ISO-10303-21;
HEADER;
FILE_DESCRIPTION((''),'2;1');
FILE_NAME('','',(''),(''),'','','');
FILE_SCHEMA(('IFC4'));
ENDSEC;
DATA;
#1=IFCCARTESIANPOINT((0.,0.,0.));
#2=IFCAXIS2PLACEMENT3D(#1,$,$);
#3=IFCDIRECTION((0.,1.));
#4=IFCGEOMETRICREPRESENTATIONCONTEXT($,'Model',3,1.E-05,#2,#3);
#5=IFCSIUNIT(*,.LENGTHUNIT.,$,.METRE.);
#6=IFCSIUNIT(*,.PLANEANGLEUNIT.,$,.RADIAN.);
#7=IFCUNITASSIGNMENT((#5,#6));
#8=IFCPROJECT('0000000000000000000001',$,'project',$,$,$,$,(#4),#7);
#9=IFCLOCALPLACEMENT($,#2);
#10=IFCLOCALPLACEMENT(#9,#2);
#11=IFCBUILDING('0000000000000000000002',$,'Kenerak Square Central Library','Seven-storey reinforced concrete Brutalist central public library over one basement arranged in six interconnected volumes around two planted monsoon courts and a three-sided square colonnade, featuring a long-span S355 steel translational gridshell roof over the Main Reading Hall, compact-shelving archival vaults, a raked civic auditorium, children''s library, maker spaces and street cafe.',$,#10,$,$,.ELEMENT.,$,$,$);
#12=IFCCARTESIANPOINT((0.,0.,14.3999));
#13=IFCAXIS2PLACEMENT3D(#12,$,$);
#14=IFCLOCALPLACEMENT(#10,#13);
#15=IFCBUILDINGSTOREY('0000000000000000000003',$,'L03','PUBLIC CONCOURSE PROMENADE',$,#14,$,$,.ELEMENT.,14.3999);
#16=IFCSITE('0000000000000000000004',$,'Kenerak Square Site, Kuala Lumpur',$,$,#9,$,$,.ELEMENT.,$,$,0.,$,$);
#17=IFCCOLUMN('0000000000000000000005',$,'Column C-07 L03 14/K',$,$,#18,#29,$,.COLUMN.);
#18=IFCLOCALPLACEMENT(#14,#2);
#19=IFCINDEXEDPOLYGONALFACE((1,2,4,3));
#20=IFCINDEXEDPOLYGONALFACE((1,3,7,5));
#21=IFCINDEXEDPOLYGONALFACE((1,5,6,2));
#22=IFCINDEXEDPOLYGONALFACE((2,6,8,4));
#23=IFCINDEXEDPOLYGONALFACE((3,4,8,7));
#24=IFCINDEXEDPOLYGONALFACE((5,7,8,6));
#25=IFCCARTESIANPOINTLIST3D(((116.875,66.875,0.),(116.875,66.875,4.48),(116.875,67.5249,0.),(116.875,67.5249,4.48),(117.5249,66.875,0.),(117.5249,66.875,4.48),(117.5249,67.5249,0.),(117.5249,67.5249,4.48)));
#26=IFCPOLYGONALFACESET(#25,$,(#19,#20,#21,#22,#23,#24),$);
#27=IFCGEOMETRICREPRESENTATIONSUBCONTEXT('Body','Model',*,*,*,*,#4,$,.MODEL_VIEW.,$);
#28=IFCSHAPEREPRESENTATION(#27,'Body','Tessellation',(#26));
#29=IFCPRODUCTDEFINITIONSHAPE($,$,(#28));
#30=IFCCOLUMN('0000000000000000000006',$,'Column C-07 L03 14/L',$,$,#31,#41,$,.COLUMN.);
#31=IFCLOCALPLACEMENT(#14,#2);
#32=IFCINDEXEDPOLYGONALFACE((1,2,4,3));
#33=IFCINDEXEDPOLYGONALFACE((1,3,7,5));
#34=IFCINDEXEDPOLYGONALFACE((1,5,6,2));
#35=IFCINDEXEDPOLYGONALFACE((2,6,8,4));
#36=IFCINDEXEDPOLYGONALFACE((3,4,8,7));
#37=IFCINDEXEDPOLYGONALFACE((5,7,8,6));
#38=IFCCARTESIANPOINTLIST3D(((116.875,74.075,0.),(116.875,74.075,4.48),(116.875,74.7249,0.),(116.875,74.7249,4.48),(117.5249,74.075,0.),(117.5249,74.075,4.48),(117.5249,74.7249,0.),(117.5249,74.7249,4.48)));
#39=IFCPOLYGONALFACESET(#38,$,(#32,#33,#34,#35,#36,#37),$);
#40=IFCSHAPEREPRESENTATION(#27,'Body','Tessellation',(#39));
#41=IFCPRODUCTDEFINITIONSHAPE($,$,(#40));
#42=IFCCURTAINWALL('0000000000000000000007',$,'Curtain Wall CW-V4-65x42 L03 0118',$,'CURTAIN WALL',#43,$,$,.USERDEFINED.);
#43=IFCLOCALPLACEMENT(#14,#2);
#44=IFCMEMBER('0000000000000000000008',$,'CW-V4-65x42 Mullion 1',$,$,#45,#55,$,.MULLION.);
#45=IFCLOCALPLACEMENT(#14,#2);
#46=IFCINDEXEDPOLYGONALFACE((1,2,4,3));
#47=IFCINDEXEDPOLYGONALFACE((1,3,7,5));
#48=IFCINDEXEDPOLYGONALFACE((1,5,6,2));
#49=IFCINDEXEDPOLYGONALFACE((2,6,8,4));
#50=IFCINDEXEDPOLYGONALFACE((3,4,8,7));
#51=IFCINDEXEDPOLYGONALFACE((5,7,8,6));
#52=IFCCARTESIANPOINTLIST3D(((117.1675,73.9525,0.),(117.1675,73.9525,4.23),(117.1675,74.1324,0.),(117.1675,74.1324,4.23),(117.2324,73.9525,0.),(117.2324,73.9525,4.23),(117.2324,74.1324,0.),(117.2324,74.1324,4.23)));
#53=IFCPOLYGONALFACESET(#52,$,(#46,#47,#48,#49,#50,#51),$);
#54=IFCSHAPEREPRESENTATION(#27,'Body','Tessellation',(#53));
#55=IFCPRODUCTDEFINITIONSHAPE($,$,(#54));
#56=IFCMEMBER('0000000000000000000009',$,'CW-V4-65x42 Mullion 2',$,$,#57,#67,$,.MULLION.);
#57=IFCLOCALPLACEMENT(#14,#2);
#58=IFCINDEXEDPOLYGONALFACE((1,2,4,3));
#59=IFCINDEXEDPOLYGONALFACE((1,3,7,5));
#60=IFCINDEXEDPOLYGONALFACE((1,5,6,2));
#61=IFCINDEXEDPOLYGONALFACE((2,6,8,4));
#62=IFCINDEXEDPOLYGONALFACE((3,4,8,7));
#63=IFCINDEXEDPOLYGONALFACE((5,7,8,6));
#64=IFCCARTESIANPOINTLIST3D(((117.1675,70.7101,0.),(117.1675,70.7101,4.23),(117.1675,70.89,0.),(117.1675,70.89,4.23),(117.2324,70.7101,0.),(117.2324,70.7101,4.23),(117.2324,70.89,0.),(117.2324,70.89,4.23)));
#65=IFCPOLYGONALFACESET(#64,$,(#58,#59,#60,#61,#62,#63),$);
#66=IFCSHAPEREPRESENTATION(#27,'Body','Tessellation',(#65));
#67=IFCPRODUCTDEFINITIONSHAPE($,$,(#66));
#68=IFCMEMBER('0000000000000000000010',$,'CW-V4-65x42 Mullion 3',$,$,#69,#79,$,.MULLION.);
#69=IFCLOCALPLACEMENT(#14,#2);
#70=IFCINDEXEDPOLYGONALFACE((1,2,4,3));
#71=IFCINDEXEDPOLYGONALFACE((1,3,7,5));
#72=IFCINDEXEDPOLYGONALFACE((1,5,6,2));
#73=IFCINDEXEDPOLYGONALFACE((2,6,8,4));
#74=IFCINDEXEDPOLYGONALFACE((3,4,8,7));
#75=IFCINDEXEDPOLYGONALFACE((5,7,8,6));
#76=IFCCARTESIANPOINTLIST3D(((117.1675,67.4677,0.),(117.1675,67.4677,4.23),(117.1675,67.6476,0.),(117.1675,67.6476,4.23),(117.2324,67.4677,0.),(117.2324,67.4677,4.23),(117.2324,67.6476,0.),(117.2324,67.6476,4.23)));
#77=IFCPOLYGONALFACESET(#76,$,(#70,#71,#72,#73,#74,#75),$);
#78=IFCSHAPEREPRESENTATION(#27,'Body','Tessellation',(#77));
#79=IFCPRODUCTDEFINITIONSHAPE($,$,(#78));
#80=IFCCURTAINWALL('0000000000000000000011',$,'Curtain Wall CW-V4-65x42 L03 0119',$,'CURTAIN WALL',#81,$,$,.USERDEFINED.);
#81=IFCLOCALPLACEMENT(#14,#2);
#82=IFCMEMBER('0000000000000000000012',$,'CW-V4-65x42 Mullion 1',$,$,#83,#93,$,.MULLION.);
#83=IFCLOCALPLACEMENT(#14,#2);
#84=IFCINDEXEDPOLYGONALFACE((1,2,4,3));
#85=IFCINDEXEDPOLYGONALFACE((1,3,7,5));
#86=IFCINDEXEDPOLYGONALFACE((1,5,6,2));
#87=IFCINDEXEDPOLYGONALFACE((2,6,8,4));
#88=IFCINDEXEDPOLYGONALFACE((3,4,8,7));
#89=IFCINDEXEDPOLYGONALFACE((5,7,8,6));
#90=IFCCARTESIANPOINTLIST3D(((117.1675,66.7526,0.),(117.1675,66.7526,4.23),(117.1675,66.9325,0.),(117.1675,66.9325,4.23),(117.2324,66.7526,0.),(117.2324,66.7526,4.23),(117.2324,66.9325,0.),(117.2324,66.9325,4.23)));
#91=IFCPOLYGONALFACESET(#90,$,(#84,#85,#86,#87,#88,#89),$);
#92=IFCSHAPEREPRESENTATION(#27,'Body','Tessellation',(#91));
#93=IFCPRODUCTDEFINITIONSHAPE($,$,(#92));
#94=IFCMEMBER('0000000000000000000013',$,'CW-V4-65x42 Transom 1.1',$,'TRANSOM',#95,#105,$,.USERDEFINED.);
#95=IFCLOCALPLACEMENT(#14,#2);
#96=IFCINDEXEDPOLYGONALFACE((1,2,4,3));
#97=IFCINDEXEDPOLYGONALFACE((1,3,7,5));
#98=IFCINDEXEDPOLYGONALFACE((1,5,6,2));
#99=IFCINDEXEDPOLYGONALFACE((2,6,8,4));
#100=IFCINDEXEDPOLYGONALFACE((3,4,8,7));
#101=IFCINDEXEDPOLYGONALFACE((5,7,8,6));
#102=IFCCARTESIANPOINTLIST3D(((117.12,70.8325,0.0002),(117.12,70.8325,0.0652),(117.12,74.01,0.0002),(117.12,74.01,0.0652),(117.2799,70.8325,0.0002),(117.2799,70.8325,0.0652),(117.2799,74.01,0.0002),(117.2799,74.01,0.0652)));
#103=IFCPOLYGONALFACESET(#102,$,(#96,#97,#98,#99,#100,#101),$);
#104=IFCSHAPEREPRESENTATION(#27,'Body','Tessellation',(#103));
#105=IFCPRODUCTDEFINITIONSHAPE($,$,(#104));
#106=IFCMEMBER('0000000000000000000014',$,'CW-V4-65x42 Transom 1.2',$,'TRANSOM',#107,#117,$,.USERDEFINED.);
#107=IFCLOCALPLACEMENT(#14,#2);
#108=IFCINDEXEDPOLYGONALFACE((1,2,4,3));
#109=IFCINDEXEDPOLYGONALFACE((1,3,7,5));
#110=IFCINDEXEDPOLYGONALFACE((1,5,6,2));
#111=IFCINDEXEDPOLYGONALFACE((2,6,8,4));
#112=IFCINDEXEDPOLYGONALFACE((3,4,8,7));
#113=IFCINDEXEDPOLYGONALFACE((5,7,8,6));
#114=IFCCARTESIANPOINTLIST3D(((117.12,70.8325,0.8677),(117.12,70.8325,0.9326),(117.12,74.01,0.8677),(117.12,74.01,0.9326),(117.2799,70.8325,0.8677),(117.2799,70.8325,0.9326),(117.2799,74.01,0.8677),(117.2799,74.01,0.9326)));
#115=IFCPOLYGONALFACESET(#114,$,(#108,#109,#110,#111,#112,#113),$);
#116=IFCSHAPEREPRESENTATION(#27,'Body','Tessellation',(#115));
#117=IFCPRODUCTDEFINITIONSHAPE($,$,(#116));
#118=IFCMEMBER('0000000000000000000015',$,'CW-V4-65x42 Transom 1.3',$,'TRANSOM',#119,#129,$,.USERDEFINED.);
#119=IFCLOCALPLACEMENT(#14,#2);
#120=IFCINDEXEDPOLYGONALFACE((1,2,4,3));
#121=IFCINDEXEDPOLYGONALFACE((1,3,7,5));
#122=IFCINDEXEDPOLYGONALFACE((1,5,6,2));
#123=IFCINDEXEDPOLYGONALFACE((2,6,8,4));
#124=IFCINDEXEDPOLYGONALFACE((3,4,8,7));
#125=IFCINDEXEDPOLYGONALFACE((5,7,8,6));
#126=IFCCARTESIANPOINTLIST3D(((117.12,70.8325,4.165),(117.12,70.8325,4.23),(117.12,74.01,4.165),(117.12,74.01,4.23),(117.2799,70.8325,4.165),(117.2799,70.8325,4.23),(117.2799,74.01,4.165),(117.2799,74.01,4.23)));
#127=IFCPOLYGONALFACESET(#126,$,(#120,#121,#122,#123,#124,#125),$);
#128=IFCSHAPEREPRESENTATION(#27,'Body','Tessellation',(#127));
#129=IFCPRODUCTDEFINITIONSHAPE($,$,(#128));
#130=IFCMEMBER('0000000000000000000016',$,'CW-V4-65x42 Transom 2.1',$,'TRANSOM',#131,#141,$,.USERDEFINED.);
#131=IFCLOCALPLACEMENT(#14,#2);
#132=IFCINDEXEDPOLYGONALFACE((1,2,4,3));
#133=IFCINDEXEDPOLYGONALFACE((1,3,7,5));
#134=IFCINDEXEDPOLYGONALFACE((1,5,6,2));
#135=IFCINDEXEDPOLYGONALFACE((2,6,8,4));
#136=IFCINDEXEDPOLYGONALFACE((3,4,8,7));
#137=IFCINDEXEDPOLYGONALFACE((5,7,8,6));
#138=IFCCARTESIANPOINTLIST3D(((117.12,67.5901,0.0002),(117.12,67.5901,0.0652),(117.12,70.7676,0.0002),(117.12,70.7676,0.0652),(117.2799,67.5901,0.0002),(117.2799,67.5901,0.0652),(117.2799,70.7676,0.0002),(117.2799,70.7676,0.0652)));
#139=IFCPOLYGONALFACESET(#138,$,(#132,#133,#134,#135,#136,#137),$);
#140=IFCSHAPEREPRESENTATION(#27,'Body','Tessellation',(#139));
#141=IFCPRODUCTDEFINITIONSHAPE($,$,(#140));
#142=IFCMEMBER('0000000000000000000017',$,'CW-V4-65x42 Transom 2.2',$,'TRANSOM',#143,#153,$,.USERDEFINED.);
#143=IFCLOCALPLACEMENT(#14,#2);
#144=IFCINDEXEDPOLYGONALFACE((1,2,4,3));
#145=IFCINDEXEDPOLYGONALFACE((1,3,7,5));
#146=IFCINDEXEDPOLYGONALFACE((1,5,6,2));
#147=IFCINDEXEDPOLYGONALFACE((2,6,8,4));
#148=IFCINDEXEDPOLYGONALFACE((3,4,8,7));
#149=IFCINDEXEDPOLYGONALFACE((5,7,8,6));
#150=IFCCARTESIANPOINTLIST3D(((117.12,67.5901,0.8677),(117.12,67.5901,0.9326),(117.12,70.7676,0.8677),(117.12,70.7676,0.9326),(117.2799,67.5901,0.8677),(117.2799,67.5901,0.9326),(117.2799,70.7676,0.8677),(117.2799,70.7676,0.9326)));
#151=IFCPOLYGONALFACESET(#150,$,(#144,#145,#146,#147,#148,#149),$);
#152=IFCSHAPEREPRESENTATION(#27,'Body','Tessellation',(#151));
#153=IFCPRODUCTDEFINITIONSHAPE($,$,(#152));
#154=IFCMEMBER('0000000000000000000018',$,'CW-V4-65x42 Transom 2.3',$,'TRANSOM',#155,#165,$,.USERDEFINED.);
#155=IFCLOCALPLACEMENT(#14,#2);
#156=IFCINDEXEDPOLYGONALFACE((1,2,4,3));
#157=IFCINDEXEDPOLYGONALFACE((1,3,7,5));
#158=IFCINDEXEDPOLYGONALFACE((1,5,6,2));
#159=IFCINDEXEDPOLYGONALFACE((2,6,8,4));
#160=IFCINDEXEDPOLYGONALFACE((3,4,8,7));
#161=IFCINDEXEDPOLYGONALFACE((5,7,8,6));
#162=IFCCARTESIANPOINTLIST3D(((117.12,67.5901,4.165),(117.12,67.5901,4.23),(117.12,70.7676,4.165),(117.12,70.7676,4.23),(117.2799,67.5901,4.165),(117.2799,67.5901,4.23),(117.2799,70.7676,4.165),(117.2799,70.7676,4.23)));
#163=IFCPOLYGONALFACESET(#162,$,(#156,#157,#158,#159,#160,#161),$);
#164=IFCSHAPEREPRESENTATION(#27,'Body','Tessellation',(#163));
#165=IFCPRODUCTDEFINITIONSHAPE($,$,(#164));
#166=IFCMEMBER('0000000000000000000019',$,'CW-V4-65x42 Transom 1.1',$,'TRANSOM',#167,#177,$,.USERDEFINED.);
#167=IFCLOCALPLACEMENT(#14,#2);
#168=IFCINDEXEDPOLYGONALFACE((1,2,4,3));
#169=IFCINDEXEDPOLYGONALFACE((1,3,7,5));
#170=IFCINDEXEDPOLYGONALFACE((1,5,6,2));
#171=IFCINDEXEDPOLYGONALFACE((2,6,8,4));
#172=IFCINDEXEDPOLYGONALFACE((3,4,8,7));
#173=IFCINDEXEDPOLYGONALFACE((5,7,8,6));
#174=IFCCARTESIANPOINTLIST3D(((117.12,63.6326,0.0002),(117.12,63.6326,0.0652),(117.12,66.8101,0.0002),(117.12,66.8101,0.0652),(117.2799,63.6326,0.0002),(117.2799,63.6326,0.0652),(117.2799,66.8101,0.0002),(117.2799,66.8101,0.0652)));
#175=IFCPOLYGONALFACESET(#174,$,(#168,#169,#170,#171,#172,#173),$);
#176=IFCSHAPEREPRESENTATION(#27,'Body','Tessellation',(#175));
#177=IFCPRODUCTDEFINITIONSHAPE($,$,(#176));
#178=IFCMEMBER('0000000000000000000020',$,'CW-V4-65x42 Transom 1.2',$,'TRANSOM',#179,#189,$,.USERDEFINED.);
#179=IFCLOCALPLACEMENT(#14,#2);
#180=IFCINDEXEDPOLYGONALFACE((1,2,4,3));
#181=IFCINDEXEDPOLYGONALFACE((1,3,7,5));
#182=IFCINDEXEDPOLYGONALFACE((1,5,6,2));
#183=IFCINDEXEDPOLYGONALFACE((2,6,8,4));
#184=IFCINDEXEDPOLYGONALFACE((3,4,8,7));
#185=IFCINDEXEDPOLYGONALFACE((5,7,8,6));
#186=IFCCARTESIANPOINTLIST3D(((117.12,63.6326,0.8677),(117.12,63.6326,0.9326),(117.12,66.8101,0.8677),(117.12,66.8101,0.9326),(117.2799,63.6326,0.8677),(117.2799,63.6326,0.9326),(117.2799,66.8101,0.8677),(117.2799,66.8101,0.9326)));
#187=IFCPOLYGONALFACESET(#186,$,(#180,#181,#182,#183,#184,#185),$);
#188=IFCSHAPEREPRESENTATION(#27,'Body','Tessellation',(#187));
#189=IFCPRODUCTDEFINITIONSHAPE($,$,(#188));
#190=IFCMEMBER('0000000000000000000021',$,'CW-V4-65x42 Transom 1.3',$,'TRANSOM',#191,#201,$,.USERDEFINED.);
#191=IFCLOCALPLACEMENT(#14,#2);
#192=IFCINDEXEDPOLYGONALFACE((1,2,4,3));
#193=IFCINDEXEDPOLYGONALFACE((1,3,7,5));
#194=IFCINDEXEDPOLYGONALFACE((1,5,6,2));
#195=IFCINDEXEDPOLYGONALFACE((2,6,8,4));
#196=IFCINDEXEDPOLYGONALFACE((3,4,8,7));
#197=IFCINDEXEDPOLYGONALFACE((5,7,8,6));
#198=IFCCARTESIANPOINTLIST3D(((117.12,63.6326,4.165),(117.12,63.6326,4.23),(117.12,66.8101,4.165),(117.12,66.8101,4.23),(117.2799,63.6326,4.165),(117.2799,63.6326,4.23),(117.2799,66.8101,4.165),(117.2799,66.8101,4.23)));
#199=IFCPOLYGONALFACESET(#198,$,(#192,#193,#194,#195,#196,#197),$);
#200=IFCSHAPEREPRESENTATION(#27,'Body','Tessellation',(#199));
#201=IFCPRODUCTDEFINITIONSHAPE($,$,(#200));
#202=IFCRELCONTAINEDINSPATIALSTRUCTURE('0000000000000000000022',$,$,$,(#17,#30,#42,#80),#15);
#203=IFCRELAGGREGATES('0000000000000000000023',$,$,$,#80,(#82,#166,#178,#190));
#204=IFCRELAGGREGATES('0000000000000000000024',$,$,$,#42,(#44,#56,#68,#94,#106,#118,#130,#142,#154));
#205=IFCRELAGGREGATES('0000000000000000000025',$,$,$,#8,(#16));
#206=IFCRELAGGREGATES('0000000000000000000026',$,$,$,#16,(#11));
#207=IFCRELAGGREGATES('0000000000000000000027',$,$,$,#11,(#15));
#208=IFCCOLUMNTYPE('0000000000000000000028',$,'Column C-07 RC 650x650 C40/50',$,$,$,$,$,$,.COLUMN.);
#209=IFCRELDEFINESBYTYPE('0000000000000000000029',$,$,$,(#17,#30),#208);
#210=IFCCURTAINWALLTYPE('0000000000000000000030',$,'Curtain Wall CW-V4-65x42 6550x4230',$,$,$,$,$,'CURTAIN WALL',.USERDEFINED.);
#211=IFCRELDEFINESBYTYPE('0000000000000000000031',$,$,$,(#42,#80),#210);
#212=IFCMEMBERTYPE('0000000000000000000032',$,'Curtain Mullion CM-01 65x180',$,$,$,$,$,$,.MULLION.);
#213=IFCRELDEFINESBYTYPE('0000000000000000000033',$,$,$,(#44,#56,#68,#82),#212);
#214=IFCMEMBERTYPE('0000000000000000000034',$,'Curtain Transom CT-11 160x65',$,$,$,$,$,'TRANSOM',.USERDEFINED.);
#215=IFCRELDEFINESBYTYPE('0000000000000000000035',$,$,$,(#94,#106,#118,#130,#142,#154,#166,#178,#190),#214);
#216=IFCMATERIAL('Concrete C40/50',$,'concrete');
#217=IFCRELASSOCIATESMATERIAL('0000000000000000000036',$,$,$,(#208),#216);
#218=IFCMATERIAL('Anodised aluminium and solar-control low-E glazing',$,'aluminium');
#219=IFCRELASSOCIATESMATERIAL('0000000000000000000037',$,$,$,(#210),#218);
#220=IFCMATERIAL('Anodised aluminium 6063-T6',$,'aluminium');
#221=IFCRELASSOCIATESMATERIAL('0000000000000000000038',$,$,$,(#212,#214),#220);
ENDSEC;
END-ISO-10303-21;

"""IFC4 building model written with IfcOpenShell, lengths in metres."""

from ifc_helpers import new_model, si_unit, direction, frame, origin, origin_2d, place, context, subcontext, project, spatial, rectangle, extrude, material, material_profile, profile_set, type_object, element, aggregate, save


model = new_model("IFC4")

# Units and contexts
model_context = context("Model", 3, precision=1e-05, world=origin(), true_north=direction((0.0, 1.0)))
body_context = subcontext(model_context, "Body", "Model", "MODEL_VIEW")
ifc_project = project(units=[si_unit("LENGTHUNIT", "METRE"), si_unit("PLANEANGLEUNIT", "RADIAN")], contexts=[model_context])

# Site, building, storey
site_placement = place(None, origin())
site = spatial("IfcSite", under=ifc_project, at=site_placement, Name="Kenerak Square Site, Kuala Lumpur", CompositionType="ELEMENT", RefElevation=0.0)
building_placement = place(site_placement, origin())
building = spatial("IfcBuilding", under=site, at=building_placement, Name="Kenerak Square Central Library", Description="Seven-storey reinforced concrete Brutalist central public library over one basement arranged in six interconnected volumes around two planted monsoon courts and a three-sided square colonnade, featuring a long-span S355 steel translational gridshell roof over the Main Reading Hall, compact-shelving archival vaults, a raked civic auditorium, children's library, maker spaces and street cafe.", CompositionType="ELEMENT")
storey_placement = place(building_placement, frame((0.0, 0.0, 14.3999)))
storey = spatial("IfcBuildingStorey", under=building, at=storey_placement, Name="L03", Description="PUBLIC CONCOURSE PROMENADE", CompositionType="ELEMENT", Elevation=14.3999)

# Columns
ifc_material_1 = material(Name="Concrete C40/50", Category="concrete")
ifc_material_profile_1 = material_profile(ifc_material_1, rectangle(XDim=0.6499, YDim=0.6499, at=origin_2d()), Name="RC 650x650")
ifc_profile_set_1 = profile_set([ifc_material_profile_1], Name="Concrete C40/50")
column_type = type_object("IfcColumnType", Name="Column C-07 RC 650x650 C40/50", PredefinedType="COLUMN", material=ifc_profile_set_1)
for number, where, z_axis, x_axis, name in (
    (1, (117.2, 67.2, 0.0), (0.0, 0.0, 1.0), (1.0, 0.0, 0.0), "Column C-07 L03 14/K"),
    (2, (117.2, 74.3999, 0.0), (0.0, 0.0, 1.0), (1.0, 0.0, 0.0), "Column C-07 L03 14/L"),
):
    element("IfcColumn", number, at=place(storey_placement, frame(where, z_axis=z_axis, x_axis=x_axis)), inside=storey, type_object=column_type, Name=name, PredefinedType="COLUMN", context=body_context, shape_type="SweptSolid", body=[
        extrude(rectangle(XDim=0.6499, YDim=0.6499, at=origin_2d()), origin(), (0.0, 0.0, 1.0), 4.48),
    ])

# Curtain wall, members
ifc_material_2 = material(Name="Anodised aluminium and solar-control low-E glazing", Category="aluminium")
curtain_wall_type = type_object("IfcCurtainWallType", Name="Curtain Wall CW-V4-65x42 6550x4230", ElementType="CURTAIN WALL", PredefinedType="USERDEFINED", material=ifc_material_2)
curtain_wall_1_placement = place(storey_placement, origin())
curtain_wall_1 = element("IfcCurtainWall", 3, at=curtain_wall_1_placement, inside=storey, type_object=curtain_wall_type, Name="Curtain Wall CW-V4-65x42 L03 0118", ObjectType="CURTAIN WALL", PredefinedType="USERDEFINED")
ifc_material_3 = material(Name="Anodised aluminium 6063-T6", Category="aluminium")
ifc_material_profile_2 = material_profile(ifc_material_3, rectangle(XDim=0.0649, YDim=0.1799, at=origin_2d()), Name="AL MULLION 65x180")
ifc_profile_set_2 = profile_set([ifc_material_profile_2], Name="Anodised aluminium 6063-T6")
member_type_1 = type_object("IfcMemberType", Name="Curtain Mullion CM-01 65x180", PredefinedType="MULLION", material=ifc_profile_set_2)
member_1_placement = place(storey_placement, frame((117.2, 74.0425, 0.0), z_axis=(0.0, 0.0, 1.0), x_axis=(1.0, 0.0, 0.0)))
member_1 = element("IfcMember", 4, at=member_1_placement, type_object=member_type_1, Name="CW-V4-65x42 Mullion 1", PredefinedType="MULLION", context=body_context, shape_type="SweptSolid", body=[
    extrude(rectangle(XDim=0.0649, YDim=0.1799, at=origin_2d()), origin(), (0.0, 0.0, 1.0), 4.23),
])
member_2_placement = place(storey_placement, frame((117.2, 70.8, 0.0), z_axis=(0.0, 0.0, 1.0), x_axis=(1.0, 0.0, 0.0)))
member_2 = element("IfcMember", 5, at=member_2_placement, type_object=member_type_1, Name="CW-V4-65x42 Mullion 2", PredefinedType="MULLION", context=body_context, shape_type="SweptSolid", body=[
    extrude(rectangle(XDim=0.0649, YDim=0.1799, at=origin_2d()), origin(), (0.0, 0.0, 1.0), 4.23),
])
member_3_placement = place(storey_placement, frame((117.2, 67.5576, 0.0), z_axis=(0.0, 0.0, 1.0), x_axis=(1.0, 0.0, 0.0)))
member_3 = element("IfcMember", 6, at=member_3_placement, type_object=member_type_1, Name="CW-V4-65x42 Mullion 3", PredefinedType="MULLION", context=body_context, shape_type="SweptSolid", body=[
    extrude(rectangle(XDim=0.0649, YDim=0.1799, at=origin_2d()), origin(), (0.0, 0.0, 1.0), 4.23),
])

# Curtain wall, member
curtain_wall_2_placement = place(storey_placement, origin())
curtain_wall_2 = element("IfcCurtainWall", 7, at=curtain_wall_2_placement, inside=storey, type_object=curtain_wall_type, Name="Curtain Wall CW-V4-65x42 L03 0119", ObjectType="CURTAIN WALL", PredefinedType="USERDEFINED")
member_4_placement = place(storey_placement, frame((117.2, 66.8425, 0.0), z_axis=(0.0, 0.0, 1.0), x_axis=(1.0, 0.0, 0.0)))
member_4 = element("IfcMember", 8, at=member_4_placement, type_object=member_type_1, Name="CW-V4-65x42 Mullion 1", PredefinedType="MULLION", context=body_context, shape_type="SweptSolid", body=[
    extrude(rectangle(XDim=0.0649, YDim=0.1799, at=origin_2d()), origin(), (0.0, 0.0, 1.0), 4.23),
])

# Members
ifc_material_profile_3 = material_profile(ifc_material_3, rectangle(XDim=0.1599, YDim=0.0649, at=origin_2d()), Name="AL TRANSOM 160x65")
ifc_profile_set_3 = profile_set([ifc_material_profile_3], Name="Anodised aluminium 6063-T6")
member_type_2 = type_object("IfcMemberType", Name="Curtain Transom CT-11 160x65", ElementType="TRANSOM", PredefinedType="USERDEFINED", material=ifc_profile_set_3)
member_5_placement = place(storey_placement, frame((117.2, 74.01, 0.0327), z_axis=(0.0, -1.0, 0.0), x_axis=(1.0, 0.0, 0.0)))
member_5 = element("IfcMember", 9, at=member_5_placement, type_object=member_type_2, Name="CW-V4-65x42 Transom 1.1", ObjectType="TRANSOM", PredefinedType="USERDEFINED", context=body_context, shape_type="SweptSolid", body=[
    extrude(rectangle(XDim=0.1599, YDim=0.0649, at=origin_2d()), origin(), (0.0, 0.0, 1.0), 3.1775),
])
member_6_placement = place(storey_placement, frame((117.2, 74.01, 0.9001), z_axis=(0.0, -1.0, 0.0), x_axis=(1.0, 0.0, 0.0)))
member_6 = element("IfcMember", 10, at=member_6_placement, type_object=member_type_2, Name="CW-V4-65x42 Transom 1.2", ObjectType="TRANSOM", PredefinedType="USERDEFINED", context=body_context, shape_type="SweptSolid", body=[
    extrude(rectangle(XDim=0.1599, YDim=0.0649, at=origin_2d()), origin(), (0.0, 0.0, 1.0), 3.1775),
])
member_7_placement = place(storey_placement, frame((117.2, 74.01, 4.1975), z_axis=(0.0, -1.0, 0.0), x_axis=(1.0, 0.0, 0.0)))
member_7 = element("IfcMember", 11, at=member_7_placement, type_object=member_type_2, Name="CW-V4-65x42 Transom 1.3", ObjectType="TRANSOM", PredefinedType="USERDEFINED", context=body_context, shape_type="SweptSolid", body=[
    extrude(rectangle(XDim=0.1599, YDim=0.0649, at=origin_2d()), origin(), (0.0, 0.0, 1.0), 3.1775),
])
member_8_placement = place(storey_placement, frame((117.2, 70.7676, 0.0327), z_axis=(0.0, -1.0, 0.0), x_axis=(1.0, 0.0, 0.0)))
member_8 = element("IfcMember", 12, at=member_8_placement, type_object=member_type_2, Name="CW-V4-65x42 Transom 2.1", ObjectType="TRANSOM", PredefinedType="USERDEFINED", context=body_context, shape_type="SweptSolid", body=[
    extrude(rectangle(XDim=0.1599, YDim=0.0649, at=origin_2d()), origin(), (0.0, 0.0, 1.0), 3.1775),
])
member_9_placement = place(storey_placement, frame((117.2, 70.7676, 0.9001), z_axis=(0.0, -1.0, 0.0), x_axis=(1.0, 0.0, 0.0)))
member_9 = element("IfcMember", 13, at=member_9_placement, type_object=member_type_2, Name="CW-V4-65x42 Transom 2.2", ObjectType="TRANSOM", PredefinedType="USERDEFINED", context=body_context, shape_type="SweptSolid", body=[
    extrude(rectangle(XDim=0.1599, YDim=0.0649, at=origin_2d()), origin(), (0.0, 0.0, 1.0), 3.1775),
])
member_10_placement = place(storey_placement, frame((117.2, 70.7676, 4.1975), z_axis=(0.0, -1.0, 0.0), x_axis=(1.0, 0.0, 0.0)))
member_10 = element("IfcMember", 14, at=member_10_placement, type_object=member_type_2, Name="CW-V4-65x42 Transom 2.3", ObjectType="TRANSOM", PredefinedType="USERDEFINED", context=body_context, shape_type="SweptSolid", body=[
    extrude(rectangle(XDim=0.1599, YDim=0.0649, at=origin_2d()), origin(), (0.0, 0.0, 1.0), 3.1775),
])
member_11_placement = place(storey_placement, frame((117.2, 66.8101, 0.0327), z_axis=(0.0, -1.0, 0.0), x_axis=(1.0, 0.0, 0.0)))
member_11 = element("IfcMember", 15, at=member_11_placement, type_object=member_type_2, Name="CW-V4-65x42 Transom 1.1", ObjectType="TRANSOM", PredefinedType="USERDEFINED", context=body_context, shape_type="SweptSolid", body=[
    extrude(rectangle(XDim=0.1599, YDim=0.0649, at=origin_2d()), origin(), (0.0, 0.0, 1.0), 3.1775),
])
member_12_placement = place(storey_placement, frame((117.2, 66.8101, 0.9001), z_axis=(0.0, -1.0, 0.0), x_axis=(1.0, 0.0, 0.0)))
member_12 = element("IfcMember", 16, at=member_12_placement, type_object=member_type_2, Name="CW-V4-65x42 Transom 1.2", ObjectType="TRANSOM", PredefinedType="USERDEFINED", context=body_context, shape_type="SweptSolid", body=[
    extrude(rectangle(XDim=0.1599, YDim=0.0649, at=origin_2d()), origin(), (0.0, 0.0, 1.0), 3.1775),
])
member_13_placement = place(storey_placement, frame((117.2, 66.8101, 4.1975), z_axis=(0.0, -1.0, 0.0), x_axis=(1.0, 0.0, 0.0)))
member_13 = element("IfcMember", 17, at=member_13_placement, type_object=member_type_2, Name="CW-V4-65x42 Transom 1.3", ObjectType="TRANSOM", PredefinedType="USERDEFINED", context=body_context, shape_type="SweptSolid", body=[
    extrude(rectangle(XDim=0.1599, YDim=0.0649, at=origin_2d()), origin(), (0.0, 0.0, 1.0), 3.1775),
])
aggregate(curtain_wall_2, [member_4, member_11, member_12, member_13])

aggregate(curtain_wall_1, [member_1, member_2, member_3, member_5, member_6, member_7, member_8, member_9, member_10])

save(model, "model.ifc")
